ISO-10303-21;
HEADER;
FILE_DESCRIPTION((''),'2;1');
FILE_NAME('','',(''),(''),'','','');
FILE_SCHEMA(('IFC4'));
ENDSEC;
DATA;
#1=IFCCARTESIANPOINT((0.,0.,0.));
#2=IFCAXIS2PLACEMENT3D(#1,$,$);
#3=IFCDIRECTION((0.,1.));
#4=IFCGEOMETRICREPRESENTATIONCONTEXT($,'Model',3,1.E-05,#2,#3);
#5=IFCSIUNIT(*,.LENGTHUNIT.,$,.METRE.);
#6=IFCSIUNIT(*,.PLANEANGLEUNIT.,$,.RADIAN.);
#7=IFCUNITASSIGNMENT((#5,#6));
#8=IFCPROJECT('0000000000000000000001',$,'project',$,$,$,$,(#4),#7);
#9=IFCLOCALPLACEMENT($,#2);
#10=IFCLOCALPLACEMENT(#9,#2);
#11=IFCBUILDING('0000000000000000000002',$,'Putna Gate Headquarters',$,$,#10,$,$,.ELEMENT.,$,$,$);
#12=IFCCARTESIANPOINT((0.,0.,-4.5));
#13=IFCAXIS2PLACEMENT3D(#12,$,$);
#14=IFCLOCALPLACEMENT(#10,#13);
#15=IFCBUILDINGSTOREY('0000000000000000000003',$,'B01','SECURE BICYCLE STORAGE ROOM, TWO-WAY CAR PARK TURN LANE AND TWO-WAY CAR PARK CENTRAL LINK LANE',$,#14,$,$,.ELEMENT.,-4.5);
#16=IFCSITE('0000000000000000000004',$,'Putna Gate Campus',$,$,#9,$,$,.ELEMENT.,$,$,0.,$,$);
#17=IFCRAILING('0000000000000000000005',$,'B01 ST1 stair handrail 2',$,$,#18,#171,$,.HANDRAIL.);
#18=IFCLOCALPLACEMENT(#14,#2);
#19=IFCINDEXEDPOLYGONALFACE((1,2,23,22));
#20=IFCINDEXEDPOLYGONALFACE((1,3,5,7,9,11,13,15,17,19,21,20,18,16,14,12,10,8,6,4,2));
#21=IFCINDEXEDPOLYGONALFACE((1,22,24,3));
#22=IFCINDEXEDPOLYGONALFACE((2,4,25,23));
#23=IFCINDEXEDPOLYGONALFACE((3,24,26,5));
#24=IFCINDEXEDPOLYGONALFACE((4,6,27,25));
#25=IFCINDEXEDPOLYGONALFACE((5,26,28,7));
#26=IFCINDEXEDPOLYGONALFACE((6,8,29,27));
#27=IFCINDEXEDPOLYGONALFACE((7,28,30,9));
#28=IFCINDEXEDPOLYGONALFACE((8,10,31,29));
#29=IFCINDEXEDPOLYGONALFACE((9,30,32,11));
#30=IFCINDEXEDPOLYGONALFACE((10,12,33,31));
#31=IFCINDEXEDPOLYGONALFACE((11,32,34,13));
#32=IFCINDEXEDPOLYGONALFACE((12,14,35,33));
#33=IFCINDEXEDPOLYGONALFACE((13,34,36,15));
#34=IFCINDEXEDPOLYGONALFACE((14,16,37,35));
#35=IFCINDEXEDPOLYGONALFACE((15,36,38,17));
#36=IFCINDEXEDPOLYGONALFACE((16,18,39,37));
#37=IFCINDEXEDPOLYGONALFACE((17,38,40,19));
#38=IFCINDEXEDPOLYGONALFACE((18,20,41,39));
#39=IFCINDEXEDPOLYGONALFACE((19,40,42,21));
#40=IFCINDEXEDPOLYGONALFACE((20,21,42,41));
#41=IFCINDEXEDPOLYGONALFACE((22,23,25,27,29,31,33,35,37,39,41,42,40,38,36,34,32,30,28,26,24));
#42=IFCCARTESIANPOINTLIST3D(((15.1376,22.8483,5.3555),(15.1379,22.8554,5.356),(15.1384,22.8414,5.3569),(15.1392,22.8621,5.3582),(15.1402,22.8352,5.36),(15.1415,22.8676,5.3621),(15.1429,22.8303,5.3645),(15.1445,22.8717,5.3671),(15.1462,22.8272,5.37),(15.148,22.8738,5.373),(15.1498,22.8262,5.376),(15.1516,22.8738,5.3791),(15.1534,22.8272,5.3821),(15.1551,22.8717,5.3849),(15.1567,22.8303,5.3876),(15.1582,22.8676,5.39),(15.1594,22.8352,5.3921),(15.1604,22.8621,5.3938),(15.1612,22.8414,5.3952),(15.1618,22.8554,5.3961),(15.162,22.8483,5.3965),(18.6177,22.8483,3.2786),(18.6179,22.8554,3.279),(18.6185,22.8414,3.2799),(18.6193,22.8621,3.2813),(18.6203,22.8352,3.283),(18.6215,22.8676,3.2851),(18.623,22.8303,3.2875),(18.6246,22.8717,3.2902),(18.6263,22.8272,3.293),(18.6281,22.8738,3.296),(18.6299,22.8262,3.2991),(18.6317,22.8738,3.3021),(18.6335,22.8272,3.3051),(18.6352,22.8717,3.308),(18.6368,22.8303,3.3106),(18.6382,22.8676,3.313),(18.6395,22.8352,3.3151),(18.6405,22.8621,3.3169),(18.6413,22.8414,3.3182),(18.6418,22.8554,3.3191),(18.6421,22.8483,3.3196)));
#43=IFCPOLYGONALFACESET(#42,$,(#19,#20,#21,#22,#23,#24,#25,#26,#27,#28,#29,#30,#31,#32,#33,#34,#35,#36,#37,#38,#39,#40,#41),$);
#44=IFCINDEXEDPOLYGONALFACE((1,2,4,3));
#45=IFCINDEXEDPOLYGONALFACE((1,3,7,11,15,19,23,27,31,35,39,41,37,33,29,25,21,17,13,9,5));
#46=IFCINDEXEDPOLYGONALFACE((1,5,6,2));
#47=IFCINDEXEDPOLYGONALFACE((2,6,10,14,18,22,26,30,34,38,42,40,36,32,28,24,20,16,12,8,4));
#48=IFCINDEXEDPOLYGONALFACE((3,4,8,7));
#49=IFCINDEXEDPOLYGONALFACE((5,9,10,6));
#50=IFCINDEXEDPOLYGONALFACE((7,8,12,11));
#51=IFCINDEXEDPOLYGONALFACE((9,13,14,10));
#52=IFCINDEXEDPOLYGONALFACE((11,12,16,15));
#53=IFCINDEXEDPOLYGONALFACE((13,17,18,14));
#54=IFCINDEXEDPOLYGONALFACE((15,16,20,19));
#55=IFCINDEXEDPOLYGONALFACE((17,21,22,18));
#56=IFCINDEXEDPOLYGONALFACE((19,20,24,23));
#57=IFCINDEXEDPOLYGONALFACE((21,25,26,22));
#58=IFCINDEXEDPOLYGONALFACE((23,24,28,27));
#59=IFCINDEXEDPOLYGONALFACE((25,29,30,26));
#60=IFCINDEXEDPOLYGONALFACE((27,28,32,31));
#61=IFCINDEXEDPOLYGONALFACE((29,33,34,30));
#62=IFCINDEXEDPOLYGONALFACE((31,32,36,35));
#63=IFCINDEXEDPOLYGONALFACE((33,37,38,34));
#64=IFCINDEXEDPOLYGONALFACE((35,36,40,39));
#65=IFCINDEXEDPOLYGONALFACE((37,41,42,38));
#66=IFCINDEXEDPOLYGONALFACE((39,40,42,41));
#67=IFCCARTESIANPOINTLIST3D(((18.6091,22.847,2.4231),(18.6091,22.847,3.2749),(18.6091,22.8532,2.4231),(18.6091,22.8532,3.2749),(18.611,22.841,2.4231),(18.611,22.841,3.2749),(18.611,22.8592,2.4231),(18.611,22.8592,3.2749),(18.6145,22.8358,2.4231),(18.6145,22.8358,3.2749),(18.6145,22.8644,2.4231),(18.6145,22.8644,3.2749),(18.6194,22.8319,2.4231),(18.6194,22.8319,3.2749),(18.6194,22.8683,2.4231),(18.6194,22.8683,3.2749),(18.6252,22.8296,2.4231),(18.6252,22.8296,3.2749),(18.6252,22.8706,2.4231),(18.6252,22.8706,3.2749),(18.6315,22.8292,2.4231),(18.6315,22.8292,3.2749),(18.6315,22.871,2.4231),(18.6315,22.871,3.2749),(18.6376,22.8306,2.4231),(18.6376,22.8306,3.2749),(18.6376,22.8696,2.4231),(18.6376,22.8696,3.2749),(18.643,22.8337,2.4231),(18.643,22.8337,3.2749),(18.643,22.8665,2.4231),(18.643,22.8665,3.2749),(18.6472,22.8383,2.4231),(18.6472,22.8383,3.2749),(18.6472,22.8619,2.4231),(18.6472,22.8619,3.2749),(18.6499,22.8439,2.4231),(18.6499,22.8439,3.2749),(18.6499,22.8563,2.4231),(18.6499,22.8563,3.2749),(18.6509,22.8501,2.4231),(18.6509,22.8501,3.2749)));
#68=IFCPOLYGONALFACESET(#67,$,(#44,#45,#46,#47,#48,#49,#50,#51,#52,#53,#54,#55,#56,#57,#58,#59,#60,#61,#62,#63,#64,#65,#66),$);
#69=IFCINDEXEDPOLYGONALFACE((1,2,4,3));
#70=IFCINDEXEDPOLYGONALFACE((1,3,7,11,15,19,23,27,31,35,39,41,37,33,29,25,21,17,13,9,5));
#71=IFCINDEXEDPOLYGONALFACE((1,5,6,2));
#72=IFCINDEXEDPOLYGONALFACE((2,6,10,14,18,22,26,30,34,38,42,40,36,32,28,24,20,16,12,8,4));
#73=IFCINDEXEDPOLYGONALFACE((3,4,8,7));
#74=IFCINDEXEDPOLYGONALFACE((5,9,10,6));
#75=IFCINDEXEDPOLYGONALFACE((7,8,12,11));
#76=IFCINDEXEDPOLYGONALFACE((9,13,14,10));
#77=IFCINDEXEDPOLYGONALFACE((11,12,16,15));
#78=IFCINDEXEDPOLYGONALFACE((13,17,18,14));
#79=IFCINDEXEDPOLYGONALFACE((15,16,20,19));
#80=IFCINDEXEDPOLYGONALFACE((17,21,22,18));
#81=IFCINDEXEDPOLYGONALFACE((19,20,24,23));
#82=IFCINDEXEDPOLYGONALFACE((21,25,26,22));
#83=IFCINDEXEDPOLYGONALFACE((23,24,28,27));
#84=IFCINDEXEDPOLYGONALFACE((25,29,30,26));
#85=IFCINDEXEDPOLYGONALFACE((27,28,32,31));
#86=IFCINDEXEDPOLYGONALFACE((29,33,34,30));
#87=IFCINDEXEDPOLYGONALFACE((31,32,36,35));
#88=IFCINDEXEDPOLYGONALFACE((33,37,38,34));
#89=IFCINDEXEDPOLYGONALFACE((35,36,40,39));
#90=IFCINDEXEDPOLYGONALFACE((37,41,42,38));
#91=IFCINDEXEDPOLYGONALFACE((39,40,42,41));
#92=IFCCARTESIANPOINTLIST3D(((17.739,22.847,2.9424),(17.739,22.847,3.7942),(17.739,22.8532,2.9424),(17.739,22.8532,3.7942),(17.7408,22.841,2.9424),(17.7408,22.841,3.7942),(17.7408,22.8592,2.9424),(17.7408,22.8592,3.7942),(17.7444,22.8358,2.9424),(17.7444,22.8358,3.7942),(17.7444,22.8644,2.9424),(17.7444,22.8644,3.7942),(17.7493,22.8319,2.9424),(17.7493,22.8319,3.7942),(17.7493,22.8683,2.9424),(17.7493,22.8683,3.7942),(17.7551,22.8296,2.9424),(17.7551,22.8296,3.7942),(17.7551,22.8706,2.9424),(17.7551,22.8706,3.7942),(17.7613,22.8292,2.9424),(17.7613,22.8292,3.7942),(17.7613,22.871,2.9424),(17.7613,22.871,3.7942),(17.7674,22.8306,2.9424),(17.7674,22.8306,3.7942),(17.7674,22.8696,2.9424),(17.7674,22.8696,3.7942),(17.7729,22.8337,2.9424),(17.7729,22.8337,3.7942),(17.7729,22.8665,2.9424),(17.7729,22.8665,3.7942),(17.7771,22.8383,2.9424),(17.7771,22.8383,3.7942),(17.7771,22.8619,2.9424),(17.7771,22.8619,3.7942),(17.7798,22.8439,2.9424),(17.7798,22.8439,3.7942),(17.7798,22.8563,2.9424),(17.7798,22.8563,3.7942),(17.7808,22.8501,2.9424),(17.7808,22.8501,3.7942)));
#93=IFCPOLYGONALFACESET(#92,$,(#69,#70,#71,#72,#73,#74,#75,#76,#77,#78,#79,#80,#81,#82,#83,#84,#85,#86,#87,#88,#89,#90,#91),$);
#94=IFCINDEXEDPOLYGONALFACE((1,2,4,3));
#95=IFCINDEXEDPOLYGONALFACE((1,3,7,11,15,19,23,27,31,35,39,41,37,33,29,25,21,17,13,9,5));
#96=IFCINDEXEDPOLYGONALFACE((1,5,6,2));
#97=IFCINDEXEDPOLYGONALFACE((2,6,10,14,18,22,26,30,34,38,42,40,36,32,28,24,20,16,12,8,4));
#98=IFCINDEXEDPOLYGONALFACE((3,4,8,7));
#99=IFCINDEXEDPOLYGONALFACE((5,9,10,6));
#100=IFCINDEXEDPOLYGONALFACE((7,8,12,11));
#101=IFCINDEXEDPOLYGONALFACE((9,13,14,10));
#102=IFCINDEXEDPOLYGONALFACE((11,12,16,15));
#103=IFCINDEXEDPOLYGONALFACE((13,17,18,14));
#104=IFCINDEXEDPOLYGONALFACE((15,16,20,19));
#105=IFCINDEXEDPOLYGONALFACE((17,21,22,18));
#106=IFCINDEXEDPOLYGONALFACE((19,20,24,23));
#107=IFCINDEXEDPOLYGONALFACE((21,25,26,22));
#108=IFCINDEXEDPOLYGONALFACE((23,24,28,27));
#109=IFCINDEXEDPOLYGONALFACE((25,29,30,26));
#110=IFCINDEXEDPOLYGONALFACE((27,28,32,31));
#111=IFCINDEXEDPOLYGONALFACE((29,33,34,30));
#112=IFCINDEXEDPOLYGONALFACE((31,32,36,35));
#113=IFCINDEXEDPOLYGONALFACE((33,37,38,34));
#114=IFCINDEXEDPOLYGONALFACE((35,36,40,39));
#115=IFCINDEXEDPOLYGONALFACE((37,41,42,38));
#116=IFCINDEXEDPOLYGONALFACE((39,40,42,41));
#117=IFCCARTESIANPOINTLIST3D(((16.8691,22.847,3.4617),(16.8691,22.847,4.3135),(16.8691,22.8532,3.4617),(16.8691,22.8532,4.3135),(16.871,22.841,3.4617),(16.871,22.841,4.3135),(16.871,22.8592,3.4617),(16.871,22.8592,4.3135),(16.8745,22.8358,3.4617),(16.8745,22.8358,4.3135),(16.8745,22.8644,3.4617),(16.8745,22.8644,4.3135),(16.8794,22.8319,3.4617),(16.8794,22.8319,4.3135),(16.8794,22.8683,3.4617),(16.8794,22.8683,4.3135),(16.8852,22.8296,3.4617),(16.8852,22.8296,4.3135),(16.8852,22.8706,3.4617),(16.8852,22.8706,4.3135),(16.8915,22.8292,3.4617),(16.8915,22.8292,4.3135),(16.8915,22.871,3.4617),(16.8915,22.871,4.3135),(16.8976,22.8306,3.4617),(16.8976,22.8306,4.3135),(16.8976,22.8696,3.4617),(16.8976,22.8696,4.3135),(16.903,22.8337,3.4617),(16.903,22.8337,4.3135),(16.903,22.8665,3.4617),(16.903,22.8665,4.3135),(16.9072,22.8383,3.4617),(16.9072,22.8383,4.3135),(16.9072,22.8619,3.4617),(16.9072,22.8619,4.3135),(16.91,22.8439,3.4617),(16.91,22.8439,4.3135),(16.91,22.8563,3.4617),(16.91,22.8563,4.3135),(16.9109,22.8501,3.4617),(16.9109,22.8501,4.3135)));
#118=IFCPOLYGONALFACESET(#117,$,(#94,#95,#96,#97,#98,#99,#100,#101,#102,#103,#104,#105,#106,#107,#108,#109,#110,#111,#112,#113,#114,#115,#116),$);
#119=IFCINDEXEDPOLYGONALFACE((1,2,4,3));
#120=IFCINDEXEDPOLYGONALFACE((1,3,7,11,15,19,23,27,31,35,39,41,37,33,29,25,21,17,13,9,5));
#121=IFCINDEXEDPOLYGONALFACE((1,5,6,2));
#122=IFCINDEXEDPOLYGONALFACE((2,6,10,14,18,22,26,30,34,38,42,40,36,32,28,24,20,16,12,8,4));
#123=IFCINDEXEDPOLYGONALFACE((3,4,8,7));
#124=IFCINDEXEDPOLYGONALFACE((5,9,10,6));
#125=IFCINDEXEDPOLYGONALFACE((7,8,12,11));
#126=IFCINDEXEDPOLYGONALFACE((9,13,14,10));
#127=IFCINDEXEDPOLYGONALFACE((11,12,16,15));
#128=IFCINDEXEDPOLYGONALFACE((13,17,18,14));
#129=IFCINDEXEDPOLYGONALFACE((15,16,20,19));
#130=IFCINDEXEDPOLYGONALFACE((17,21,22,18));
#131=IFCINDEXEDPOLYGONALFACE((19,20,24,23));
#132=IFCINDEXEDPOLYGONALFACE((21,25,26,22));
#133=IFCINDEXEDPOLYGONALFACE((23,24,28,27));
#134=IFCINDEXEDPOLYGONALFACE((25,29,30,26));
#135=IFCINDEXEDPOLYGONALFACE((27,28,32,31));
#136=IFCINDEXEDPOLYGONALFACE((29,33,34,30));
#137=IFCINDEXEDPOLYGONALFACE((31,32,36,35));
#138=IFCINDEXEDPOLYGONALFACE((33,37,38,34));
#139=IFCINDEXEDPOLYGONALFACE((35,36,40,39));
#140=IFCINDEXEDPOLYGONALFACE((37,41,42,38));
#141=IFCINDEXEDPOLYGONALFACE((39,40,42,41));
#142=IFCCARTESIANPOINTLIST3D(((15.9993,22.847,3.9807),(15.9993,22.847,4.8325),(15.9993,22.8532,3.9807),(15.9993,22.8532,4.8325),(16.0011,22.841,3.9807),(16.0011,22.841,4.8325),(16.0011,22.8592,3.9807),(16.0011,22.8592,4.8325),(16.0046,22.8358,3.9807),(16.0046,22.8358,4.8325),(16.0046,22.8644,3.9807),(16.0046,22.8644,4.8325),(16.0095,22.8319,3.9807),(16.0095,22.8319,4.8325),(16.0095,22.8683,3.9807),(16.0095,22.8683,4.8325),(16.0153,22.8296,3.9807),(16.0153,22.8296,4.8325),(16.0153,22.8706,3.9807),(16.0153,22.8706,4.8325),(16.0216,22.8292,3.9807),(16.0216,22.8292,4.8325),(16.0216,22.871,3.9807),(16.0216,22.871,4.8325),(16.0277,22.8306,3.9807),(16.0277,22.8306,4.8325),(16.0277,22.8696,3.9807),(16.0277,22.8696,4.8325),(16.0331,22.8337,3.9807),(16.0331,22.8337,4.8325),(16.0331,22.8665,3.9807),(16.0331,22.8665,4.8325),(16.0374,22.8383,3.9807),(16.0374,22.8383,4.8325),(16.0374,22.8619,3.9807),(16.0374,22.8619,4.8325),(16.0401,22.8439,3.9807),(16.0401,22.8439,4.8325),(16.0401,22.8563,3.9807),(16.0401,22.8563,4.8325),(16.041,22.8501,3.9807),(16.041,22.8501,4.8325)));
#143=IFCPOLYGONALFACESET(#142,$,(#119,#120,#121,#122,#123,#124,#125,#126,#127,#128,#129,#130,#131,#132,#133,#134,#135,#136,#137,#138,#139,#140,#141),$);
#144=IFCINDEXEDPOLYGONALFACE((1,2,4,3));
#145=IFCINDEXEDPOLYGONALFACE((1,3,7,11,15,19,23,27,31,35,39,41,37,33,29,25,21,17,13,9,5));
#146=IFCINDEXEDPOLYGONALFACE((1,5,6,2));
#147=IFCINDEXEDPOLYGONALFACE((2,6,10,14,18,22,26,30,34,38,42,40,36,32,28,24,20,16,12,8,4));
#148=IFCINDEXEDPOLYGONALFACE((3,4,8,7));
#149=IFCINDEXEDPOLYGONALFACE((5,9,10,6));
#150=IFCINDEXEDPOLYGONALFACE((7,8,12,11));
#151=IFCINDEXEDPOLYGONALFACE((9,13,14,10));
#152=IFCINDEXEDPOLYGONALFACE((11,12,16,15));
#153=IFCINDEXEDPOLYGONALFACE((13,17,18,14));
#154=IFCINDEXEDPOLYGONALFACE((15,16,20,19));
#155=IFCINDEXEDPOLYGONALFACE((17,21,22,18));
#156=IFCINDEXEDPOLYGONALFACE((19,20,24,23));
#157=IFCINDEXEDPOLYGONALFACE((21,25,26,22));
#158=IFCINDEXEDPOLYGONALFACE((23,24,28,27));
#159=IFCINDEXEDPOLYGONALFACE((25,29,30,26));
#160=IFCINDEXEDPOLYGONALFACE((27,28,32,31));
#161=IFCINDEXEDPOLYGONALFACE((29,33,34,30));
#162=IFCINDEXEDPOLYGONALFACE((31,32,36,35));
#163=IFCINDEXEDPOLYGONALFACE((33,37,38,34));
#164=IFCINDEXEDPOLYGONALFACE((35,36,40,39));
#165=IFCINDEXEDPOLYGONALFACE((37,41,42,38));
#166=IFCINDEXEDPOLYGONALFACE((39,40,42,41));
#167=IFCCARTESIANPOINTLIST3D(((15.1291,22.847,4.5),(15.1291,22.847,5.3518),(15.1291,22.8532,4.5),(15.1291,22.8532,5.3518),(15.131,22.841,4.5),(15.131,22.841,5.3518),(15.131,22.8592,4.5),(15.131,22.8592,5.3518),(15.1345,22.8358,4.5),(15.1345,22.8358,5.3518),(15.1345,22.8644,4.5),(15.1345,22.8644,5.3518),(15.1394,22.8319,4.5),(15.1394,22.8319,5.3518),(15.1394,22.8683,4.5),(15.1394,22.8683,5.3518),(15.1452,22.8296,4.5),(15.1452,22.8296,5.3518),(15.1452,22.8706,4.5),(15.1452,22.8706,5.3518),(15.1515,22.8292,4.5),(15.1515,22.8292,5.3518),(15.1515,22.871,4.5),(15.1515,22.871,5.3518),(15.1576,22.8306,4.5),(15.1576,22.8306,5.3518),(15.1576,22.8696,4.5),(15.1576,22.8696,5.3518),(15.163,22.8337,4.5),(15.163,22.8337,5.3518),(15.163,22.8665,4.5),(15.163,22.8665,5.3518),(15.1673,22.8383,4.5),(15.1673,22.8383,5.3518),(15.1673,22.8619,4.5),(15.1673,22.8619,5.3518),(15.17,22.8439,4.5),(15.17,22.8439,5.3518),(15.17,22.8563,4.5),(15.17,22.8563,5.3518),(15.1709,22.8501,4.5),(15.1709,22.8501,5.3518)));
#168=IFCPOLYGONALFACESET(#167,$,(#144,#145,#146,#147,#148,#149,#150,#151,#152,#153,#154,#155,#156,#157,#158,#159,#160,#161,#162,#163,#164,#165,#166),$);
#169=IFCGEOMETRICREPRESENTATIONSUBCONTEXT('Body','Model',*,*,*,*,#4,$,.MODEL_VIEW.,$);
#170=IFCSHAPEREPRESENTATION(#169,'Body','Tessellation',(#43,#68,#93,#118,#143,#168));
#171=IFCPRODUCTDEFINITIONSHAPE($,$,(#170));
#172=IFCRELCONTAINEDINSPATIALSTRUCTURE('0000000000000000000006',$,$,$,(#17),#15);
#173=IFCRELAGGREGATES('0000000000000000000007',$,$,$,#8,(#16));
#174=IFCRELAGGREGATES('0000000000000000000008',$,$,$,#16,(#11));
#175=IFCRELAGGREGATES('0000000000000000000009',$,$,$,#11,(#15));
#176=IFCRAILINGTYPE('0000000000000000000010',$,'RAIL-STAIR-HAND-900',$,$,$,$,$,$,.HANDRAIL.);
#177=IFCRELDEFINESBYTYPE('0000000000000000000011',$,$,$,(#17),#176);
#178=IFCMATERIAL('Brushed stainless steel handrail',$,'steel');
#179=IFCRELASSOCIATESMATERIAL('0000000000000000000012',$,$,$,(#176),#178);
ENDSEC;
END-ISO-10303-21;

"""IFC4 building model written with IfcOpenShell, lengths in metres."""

from ifc_helpers import new_model, si_unit, direction, frame, origin, origin_2d, place, context, subcontext, project, spatial, circle, extrude, material, type_object, element, save


model = new_model("IFC4")

# Units and contexts
model_context = context("Model", 3, precision=1e-05, world=origin(), true_north=direction((0.0, 1.0)))
body_context = subcontext(model_context, "Body", "Model", "MODEL_VIEW")
ifc_project = project(units=[si_unit("LENGTHUNIT", "METRE"), si_unit("PLANEANGLEUNIT", "RADIAN")], contexts=[model_context])

# Site, building, storey
site_placement = place(None, origin())
site = spatial("IfcSite", under=ifc_project, at=site_placement, Name="Putna Gate Campus", CompositionType="ELEMENT", RefElevation=0.0)
building_placement = place(site_placement, origin())
building = spatial("IfcBuilding", under=site, at=building_placement, Name="Putna Gate Headquarters", CompositionType="ELEMENT")
storey_placement = place(building_placement, frame((0.0, 0.0, -4.5)))
storey = spatial("IfcBuildingStorey", under=building, at=storey_placement, Name="B01", Description="SECURE BICYCLE STORAGE ROOM, TWO-WAY CAR PARK TURN LANE AND TWO-WAY CAR PARK CENTRAL LINK LANE", CompositionType="ELEMENT", Elevation=-4.5)

# Railing
ifc_material_1 = material(Name="Brushed stainless steel handrail", Category="steel")
railing_type_1 = type_object("IfcRailingType", Name="RAIL-STAIR-HAND-900", PredefinedType="HANDRAIL", material=ifc_material_1)
railing_1_placement = place(storey_placement, frame((18.6299, 22.8501, 2.4231)))
element("IfcRailing", 1, at=railing_1_placement, inside=storey, type_object=railing_type_1, Name="B01 ST1 stair handrail 2", PredefinedType="HANDRAIL", context=body_context, shape_type="SweptSolid", body=[
    extrude(circle(Radius=0.0239, at=origin_2d()), frame((0.0, 0.0, 0.876), z_axis=(-0.858697, 0.0, 0.512483), x_axis=(0.0, -1.0, 0.0)), (0.0, 0.0, 1.0), 4.0527),
    extrude(circle(Radius=0.021, at=origin_2d()), origin(), (0.0, 0.0, 1.0), 0.8518),
    extrude(circle(Radius=0.021, at=origin_2d()), frame((-0.8701, 0.0, 0.5193)), (0.0, 0.0, 1.0), 0.8518),
    extrude(circle(Radius=0.021, at=origin_2d()), frame((-1.74, 0.0, 1.0386)), (0.0, 0.0, 1.0), 0.8518),
    extrude(circle(Radius=0.021, at=origin_2d()), frame((-2.6099, 0.0, 1.5576)), (0.0, 0.0, 1.0), 0.8518),
    extrude(circle(Radius=0.021, at=origin_2d()), frame((-3.48, 0.0, 2.0769)), (0.0, 0.0, 1.0), 0.8518),
])

save(model, "model.ifc")
